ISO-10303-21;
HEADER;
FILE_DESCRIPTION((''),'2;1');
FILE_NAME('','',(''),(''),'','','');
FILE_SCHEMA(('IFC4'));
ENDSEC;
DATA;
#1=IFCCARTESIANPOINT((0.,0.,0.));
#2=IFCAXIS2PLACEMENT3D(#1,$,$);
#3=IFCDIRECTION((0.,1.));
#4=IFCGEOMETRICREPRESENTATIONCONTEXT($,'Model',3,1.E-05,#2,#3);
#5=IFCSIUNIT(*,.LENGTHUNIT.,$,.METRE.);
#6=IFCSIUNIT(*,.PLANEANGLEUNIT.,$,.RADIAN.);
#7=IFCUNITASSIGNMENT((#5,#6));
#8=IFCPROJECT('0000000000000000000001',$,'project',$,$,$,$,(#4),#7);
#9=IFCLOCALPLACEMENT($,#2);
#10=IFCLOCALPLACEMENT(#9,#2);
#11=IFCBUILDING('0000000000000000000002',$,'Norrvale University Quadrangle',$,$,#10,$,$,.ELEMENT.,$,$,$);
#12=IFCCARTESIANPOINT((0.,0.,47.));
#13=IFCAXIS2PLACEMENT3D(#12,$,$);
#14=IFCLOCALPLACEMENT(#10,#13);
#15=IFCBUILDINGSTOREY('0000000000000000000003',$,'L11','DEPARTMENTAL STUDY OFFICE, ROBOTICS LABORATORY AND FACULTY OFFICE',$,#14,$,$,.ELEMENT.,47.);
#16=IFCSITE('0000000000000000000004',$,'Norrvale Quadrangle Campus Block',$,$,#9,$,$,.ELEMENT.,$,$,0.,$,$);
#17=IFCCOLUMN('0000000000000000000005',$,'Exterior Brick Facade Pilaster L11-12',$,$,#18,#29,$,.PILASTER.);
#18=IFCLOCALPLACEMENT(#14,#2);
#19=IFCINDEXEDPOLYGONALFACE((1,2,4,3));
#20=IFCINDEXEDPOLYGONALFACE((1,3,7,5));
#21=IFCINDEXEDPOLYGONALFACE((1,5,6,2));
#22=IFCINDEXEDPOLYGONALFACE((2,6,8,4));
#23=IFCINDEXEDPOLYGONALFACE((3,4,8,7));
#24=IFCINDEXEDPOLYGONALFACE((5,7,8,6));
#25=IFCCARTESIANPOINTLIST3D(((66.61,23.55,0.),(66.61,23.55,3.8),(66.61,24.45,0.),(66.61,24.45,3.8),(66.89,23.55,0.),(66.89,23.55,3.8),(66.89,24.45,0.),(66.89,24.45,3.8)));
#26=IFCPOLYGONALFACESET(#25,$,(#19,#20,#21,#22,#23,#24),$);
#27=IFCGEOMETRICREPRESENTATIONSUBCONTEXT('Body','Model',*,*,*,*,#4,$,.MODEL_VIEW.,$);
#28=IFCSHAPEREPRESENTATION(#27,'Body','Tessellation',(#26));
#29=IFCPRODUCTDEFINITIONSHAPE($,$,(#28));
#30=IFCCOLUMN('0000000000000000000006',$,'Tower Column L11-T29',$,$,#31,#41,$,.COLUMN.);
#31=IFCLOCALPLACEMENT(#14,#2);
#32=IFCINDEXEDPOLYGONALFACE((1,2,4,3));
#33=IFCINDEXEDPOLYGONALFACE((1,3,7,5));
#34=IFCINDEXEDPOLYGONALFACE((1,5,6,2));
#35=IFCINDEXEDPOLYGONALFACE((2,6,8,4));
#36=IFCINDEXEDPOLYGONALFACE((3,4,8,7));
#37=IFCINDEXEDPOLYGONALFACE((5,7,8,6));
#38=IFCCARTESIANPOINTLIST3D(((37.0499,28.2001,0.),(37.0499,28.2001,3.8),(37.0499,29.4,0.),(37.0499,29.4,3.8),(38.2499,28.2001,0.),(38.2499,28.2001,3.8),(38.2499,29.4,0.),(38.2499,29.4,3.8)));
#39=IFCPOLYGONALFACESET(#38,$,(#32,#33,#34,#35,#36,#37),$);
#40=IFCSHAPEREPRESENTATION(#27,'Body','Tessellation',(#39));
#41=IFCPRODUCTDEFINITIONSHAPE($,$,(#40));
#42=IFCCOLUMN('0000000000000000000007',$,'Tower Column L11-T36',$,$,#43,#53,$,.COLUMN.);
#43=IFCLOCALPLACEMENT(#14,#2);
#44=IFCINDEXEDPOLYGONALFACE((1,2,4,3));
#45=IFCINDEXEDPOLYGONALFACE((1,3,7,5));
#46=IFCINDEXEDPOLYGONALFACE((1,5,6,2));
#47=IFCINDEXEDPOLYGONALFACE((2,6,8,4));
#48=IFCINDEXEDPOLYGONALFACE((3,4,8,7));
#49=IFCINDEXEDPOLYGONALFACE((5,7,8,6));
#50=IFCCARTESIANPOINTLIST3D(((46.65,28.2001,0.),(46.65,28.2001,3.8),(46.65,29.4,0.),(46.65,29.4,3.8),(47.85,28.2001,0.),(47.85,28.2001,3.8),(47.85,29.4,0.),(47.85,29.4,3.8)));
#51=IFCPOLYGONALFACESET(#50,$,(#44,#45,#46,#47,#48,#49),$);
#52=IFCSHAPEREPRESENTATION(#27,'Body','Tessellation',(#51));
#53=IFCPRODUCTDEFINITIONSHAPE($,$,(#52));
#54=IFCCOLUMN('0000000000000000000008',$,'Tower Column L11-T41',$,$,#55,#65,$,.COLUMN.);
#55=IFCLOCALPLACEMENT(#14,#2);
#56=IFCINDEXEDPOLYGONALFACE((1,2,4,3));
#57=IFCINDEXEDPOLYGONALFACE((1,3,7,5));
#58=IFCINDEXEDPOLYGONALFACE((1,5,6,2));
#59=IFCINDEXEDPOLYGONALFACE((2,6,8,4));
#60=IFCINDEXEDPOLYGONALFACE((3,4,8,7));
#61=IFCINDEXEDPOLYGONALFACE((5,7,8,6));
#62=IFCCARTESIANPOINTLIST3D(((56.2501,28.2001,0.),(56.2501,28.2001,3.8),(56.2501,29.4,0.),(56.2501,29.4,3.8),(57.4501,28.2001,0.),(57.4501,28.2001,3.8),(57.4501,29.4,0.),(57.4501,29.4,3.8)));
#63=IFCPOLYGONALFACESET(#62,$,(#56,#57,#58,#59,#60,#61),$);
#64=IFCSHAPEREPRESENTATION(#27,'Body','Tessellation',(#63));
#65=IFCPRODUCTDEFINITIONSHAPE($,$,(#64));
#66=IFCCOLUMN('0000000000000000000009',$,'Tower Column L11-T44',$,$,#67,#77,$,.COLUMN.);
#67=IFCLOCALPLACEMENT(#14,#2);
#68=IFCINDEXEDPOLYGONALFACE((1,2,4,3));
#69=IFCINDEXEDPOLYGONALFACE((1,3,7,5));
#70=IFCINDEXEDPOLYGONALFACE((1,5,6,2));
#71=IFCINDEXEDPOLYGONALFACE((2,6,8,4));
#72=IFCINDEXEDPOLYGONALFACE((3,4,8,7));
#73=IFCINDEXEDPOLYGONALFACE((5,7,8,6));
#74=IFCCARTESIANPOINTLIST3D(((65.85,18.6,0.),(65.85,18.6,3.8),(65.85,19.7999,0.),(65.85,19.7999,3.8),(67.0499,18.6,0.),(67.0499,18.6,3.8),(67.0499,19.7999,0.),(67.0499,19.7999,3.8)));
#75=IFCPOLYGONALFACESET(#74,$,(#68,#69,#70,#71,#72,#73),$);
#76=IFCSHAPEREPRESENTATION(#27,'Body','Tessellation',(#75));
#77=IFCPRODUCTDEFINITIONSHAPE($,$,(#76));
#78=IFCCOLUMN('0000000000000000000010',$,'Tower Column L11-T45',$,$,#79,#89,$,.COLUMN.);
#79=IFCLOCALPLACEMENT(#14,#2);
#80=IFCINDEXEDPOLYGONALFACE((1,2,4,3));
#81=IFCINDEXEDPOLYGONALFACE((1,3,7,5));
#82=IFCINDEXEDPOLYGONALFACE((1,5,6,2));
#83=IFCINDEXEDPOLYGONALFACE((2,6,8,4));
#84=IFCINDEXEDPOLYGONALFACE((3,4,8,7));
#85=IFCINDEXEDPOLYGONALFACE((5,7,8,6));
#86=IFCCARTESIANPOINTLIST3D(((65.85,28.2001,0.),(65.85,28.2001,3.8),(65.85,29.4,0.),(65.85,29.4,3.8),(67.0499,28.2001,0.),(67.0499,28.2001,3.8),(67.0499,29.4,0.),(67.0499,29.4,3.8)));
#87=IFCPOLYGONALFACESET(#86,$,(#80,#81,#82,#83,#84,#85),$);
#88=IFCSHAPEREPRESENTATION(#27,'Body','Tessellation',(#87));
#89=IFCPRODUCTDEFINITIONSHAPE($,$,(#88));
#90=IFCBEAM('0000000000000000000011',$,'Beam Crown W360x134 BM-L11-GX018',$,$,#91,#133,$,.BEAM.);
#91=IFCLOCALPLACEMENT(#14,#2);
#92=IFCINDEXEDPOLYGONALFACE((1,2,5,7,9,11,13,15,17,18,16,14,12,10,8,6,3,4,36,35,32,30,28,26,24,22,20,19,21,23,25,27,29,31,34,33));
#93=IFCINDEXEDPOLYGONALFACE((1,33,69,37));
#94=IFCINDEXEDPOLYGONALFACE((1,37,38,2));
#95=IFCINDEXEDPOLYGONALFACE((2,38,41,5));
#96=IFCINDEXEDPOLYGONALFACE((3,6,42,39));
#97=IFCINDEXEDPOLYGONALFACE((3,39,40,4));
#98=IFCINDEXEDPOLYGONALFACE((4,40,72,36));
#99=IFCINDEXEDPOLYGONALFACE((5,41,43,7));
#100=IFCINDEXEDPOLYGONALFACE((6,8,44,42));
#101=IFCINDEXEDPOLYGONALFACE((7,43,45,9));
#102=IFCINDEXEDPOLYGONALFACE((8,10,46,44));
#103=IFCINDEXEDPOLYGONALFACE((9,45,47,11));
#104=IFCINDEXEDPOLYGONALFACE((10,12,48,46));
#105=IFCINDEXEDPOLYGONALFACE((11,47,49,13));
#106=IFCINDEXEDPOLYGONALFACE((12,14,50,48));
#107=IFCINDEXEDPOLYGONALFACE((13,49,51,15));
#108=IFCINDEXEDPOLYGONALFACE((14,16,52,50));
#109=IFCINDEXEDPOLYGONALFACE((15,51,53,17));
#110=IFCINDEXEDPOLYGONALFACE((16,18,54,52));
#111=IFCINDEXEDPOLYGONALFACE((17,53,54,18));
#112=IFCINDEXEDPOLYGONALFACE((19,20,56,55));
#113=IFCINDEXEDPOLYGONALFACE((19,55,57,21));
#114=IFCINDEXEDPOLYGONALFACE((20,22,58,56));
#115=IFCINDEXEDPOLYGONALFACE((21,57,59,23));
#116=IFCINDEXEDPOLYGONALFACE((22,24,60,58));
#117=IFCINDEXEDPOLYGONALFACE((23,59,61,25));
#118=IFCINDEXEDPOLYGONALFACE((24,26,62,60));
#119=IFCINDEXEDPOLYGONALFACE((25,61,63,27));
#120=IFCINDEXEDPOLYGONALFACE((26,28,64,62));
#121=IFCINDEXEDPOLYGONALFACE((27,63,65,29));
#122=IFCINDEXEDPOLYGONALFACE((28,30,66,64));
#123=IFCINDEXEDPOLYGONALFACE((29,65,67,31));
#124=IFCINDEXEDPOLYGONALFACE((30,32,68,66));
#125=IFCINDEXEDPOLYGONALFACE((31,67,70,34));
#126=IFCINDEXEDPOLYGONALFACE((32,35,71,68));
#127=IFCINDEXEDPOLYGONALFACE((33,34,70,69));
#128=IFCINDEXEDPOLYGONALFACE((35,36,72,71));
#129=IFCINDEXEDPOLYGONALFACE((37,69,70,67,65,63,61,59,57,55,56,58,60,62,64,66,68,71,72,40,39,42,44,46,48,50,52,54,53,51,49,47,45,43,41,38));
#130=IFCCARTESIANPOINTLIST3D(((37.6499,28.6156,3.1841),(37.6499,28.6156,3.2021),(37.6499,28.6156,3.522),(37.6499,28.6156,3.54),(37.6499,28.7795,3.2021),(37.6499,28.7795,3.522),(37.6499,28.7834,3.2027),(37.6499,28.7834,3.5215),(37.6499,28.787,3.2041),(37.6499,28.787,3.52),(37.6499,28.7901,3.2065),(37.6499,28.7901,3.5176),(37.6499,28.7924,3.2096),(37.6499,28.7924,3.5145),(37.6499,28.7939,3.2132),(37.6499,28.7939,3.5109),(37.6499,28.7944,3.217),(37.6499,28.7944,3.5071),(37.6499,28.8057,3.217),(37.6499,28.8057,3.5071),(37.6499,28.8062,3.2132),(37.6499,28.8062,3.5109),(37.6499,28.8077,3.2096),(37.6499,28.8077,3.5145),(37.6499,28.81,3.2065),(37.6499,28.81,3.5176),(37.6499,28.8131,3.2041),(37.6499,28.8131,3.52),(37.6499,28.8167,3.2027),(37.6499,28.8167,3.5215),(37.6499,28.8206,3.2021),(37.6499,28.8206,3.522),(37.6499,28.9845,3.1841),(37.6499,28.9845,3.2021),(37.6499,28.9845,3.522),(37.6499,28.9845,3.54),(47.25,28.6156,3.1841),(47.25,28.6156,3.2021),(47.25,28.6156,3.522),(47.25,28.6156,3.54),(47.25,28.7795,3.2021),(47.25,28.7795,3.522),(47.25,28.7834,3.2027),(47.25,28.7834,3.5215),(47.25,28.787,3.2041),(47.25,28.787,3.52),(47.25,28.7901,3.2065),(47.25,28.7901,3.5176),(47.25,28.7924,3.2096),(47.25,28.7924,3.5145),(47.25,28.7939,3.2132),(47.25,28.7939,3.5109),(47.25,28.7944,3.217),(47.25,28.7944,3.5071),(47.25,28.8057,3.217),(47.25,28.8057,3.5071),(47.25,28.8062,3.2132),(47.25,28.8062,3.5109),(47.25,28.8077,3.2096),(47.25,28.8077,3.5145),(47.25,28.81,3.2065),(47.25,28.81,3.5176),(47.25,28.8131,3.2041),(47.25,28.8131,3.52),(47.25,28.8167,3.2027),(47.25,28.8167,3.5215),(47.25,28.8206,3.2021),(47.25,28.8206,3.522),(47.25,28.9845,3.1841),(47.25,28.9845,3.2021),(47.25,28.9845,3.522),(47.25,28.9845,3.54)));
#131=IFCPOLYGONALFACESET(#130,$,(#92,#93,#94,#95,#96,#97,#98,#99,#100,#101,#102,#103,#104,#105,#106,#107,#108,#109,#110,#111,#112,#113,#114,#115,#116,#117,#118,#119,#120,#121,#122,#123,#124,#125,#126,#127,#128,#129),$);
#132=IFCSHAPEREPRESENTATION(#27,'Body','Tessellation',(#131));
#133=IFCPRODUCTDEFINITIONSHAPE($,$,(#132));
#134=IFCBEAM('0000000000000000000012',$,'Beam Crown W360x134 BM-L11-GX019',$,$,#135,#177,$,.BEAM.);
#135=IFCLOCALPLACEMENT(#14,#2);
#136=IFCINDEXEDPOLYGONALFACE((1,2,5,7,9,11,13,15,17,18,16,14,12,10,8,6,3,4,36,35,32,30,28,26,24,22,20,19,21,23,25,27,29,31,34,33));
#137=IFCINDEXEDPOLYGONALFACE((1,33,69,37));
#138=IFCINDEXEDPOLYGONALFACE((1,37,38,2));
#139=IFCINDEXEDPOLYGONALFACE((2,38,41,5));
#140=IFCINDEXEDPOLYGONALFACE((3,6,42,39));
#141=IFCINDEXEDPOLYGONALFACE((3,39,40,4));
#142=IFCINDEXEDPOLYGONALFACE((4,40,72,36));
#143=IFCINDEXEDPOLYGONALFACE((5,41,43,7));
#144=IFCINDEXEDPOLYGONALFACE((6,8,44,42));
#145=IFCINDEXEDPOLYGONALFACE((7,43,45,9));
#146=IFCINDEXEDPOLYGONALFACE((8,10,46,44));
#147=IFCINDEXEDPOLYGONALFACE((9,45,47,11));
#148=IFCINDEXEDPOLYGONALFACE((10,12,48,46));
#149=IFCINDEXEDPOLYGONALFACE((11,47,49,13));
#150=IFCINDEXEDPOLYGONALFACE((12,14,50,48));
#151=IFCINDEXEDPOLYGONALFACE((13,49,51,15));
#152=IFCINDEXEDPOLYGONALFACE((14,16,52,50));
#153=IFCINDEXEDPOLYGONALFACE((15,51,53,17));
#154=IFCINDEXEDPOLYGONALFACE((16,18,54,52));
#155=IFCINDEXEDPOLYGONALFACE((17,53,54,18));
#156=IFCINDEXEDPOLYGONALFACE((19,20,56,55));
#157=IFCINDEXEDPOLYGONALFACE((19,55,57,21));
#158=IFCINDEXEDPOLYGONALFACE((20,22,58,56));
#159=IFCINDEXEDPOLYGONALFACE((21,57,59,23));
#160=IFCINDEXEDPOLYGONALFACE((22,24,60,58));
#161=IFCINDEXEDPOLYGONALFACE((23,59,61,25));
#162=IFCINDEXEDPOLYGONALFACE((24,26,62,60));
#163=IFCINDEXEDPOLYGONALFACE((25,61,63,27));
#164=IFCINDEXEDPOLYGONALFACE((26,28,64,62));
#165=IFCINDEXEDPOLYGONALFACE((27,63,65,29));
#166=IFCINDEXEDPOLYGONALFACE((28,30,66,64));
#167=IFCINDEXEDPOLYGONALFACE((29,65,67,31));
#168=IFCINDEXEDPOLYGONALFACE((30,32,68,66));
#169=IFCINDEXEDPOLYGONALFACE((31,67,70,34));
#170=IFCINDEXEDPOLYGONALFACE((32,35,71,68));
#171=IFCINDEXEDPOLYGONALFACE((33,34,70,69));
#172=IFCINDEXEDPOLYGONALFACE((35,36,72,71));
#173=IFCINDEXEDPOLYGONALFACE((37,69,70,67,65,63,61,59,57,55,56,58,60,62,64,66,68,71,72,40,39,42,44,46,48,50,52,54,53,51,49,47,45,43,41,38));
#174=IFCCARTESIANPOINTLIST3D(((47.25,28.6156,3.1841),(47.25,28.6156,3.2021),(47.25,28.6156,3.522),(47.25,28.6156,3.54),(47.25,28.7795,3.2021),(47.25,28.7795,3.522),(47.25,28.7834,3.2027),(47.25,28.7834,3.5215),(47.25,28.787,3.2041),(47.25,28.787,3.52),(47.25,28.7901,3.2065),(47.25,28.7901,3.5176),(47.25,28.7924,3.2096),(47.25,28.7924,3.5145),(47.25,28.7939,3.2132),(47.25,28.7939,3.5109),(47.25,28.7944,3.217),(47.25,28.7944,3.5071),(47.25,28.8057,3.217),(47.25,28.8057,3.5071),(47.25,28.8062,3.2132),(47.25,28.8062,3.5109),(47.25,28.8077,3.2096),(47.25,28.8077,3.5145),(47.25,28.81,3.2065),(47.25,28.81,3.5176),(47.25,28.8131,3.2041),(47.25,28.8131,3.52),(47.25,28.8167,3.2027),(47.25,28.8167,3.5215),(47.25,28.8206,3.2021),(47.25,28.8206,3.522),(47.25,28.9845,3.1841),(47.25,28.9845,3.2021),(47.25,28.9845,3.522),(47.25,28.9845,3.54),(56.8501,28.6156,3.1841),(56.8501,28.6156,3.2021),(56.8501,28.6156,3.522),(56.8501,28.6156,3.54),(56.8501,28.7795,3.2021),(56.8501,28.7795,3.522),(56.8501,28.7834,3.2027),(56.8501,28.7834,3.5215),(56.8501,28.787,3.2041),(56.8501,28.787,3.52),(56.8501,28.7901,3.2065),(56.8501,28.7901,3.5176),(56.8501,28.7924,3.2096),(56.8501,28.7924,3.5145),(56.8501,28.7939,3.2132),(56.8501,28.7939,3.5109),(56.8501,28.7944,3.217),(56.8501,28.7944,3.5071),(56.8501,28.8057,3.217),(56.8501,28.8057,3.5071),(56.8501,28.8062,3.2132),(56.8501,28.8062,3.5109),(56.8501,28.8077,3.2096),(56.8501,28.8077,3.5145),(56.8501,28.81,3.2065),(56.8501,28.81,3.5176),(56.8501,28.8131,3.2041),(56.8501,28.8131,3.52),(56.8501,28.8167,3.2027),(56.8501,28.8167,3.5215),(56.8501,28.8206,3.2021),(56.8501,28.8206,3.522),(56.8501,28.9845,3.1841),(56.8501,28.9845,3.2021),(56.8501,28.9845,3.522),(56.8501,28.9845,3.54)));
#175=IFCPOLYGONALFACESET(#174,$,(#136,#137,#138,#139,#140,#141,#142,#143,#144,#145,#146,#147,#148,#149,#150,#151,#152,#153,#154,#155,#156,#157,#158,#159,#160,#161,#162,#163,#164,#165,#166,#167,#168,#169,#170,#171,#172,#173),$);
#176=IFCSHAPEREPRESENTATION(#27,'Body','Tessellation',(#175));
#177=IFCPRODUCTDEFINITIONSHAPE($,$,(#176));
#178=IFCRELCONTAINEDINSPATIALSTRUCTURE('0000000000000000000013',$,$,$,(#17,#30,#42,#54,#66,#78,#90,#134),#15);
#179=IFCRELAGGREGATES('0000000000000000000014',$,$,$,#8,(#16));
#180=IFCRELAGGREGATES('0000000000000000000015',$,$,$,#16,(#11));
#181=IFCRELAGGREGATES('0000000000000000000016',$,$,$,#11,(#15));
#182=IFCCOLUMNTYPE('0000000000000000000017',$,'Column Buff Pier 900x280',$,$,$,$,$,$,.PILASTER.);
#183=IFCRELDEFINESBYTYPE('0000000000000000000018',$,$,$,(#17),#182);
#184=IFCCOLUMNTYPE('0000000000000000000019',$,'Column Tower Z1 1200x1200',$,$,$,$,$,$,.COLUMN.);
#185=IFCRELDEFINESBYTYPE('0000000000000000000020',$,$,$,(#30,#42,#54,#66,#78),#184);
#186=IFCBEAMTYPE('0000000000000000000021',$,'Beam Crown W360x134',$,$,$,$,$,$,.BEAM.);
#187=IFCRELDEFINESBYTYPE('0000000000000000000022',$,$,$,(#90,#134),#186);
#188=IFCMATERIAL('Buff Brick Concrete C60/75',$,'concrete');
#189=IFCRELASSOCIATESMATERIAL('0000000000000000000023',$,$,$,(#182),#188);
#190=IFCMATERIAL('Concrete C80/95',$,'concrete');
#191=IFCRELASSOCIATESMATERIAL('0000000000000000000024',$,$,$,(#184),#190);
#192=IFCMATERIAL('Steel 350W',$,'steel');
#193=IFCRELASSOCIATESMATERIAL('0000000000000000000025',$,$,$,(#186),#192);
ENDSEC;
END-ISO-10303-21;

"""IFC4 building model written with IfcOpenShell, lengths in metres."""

from ifc_helpers import new_model, si_unit, direction, frame, origin, origin_2d, place, context, subcontext, project, spatial, rectangle, i_section, extrude, material, material_profile, profile_set, type_object, element, save


model = new_model("IFC4")

# Units and contexts
model_context = context("Model", 3, precision=1e-05, world=origin(), true_north=direction((0.0, 1.0)))
body_context = subcontext(model_context, "Body", "Model", "MODEL_VIEW")
ifc_project = project(units=[si_unit("LENGTHUNIT", "METRE"), si_unit("PLANEANGLEUNIT", "RADIAN")], contexts=[model_context])

# Site, building, storey
site_placement = place(None, origin())
site = spatial("IfcSite", under=ifc_project, at=site_placement, Name="Norrvale Quadrangle Campus Block", CompositionType="ELEMENT", RefElevation=0.0)
building_placement = place(site_placement, origin())
building = spatial("IfcBuilding", under=site, at=building_placement, Name="Norrvale University Quadrangle", CompositionType="ELEMENT")
storey_placement = place(building_placement, frame((0.0, 0.0, 47.0)))
storey = spatial("IfcBuildingStorey", under=building, at=storey_placement, Name="L11", Description="DEPARTMENTAL STUDY OFFICE, ROBOTICS LABORATORY AND FACULTY OFFICE", CompositionType="ELEMENT", Elevation=47.0)

# Columns
ifc_material_1 = material(Name="Buff Brick Concrete C60/75", Category="concrete")
ifc_material_profile_1 = material_profile(ifc_material_1, rectangle(XDim=0.8999, YDim=0.28, at=origin_2d()), Name="Buff Brick Concrete C60/75")
ifc_profile_set_1 = profile_set([ifc_material_profile_1], Name="Buff Brick Concrete C60/75")
column_type_1 = type_object("IfcColumnType", Name="Column Buff Pier 900x280", PredefinedType="PILASTER", material=ifc_profile_set_1)
column_placement = place(storey_placement, frame((66.75, 24.0, 0.0), z_axis=(0.0, 0.0, 1.0), x_axis=(0.0, 1.0, 0.0)))
element("IfcColumn", 1, at=column_placement, inside=storey, type_object=column_type_1, Name="Exterior Brick Facade Pilaster L11-12", PredefinedType="PILASTER", context=body_context, shape_type="SweptSolid", body=[
    extrude(rectangle(XDim=0.8999, YDim=0.28, at=origin_2d()), origin(), (0.0, 0.0, 1.0), 3.8),
])
ifc_material_2 = material(Name="Concrete C80/95", Category="concrete")
ifc_material_profile_2 = material_profile(ifc_material_2, rectangle(XDim=1.2, YDim=1.2, at=origin_2d()), Name="Concrete C80/95")
ifc_profile_set_2 = profile_set([ifc_material_profile_2], Name="Concrete C80/95")
column_type_2 = type_object("IfcColumnType", Name="Column Tower Z1 1200x1200", PredefinedType="COLUMN", material=ifc_profile_set_2)
for number, where, z_axis, x_axis, name in (
    (2, (37.6499, 28.8, 0.0), (0.0, 0.0, 1.0), (1.0, 0.0, 0.0), "Tower Column L11-T29"),
    (3, (47.25, 28.8, 0.0), (0.0, 0.0, 1.0), (1.0, 0.0, 0.0), "Tower Column L11-T36"),
    (4, (56.8501, 28.8, 0.0), (0.0, 0.0, 1.0), (1.0, 0.0, 0.0), "Tower Column L11-T41"),
    (5, (66.45, 19.2, 0.0), (0.0, 0.0, 1.0), (1.0, 0.0, 0.0), "Tower Column L11-T44"),
    (6, (66.45, 28.8, 0.0), (0.0, 0.0, 1.0), (1.0, 0.0, 0.0), "Tower Column L11-T45"),
):
    element("IfcColumn", number, at=place(storey_placement, frame(where, z_axis=z_axis, x_axis=x_axis)), inside=storey, type_object=column_type_2, Name=name, PredefinedType="COLUMN", context=body_context, shape_type="SweptSolid", body=[
        extrude(rectangle(XDim=1.2, YDim=1.2, at=origin_2d()), origin(), (0.0, 0.0, 1.0), 3.8),
    ])

# Beams
ifc_material_3 = material(Name="Steel 350W", Category="steel")
ifc_material_profile_3 = material_profile(ifc_material_3, i_section(OverallWidth=0.3689, OverallDepth=0.356, WebThickness=0.0112, FlangeThickness=0.0181, FilletRadius=0.0149, at=origin_2d()), Name="Steel 350W")
ifc_profile_set_3 = profile_set([ifc_material_profile_3], Name="Steel 350W")
beam_type_1 = type_object("IfcBeamType", Name="Beam Crown W360x134", PredefinedType="BEAM", material=ifc_profile_set_3)
for number, where, z_axis, x_axis, name in (
    (7, (37.6499, 28.8, 3.3621), (1.0, 0.0, 0.0), (0.0, 1.0, 0.0), "Beam Crown W360x134 BM-L11-GX018"),
    (8, (47.25, 28.8, 3.3621), (1.0, 0.0, 0.0), (0.0, 1.0, 0.0), "Beam Crown W360x134 BM-L11-GX019"),
):
    element("IfcBeam", number, at=place(storey_placement, frame(where, z_axis=z_axis, x_axis=x_axis)), inside=storey, type_object=beam_type_1, Name=name, PredefinedType="BEAM", context=body_context, shape_type="SweptSolid", body=[
        extrude(i_section(OverallWidth=0.3689, OverallDepth=0.356, WebThickness=0.0112, FlangeThickness=0.0181, FilletRadius=0.0149, at=origin_2d()), origin(), (0.0, 0.0, 1.0), 9.6001),
    ])

save(model, "model.ifc")
